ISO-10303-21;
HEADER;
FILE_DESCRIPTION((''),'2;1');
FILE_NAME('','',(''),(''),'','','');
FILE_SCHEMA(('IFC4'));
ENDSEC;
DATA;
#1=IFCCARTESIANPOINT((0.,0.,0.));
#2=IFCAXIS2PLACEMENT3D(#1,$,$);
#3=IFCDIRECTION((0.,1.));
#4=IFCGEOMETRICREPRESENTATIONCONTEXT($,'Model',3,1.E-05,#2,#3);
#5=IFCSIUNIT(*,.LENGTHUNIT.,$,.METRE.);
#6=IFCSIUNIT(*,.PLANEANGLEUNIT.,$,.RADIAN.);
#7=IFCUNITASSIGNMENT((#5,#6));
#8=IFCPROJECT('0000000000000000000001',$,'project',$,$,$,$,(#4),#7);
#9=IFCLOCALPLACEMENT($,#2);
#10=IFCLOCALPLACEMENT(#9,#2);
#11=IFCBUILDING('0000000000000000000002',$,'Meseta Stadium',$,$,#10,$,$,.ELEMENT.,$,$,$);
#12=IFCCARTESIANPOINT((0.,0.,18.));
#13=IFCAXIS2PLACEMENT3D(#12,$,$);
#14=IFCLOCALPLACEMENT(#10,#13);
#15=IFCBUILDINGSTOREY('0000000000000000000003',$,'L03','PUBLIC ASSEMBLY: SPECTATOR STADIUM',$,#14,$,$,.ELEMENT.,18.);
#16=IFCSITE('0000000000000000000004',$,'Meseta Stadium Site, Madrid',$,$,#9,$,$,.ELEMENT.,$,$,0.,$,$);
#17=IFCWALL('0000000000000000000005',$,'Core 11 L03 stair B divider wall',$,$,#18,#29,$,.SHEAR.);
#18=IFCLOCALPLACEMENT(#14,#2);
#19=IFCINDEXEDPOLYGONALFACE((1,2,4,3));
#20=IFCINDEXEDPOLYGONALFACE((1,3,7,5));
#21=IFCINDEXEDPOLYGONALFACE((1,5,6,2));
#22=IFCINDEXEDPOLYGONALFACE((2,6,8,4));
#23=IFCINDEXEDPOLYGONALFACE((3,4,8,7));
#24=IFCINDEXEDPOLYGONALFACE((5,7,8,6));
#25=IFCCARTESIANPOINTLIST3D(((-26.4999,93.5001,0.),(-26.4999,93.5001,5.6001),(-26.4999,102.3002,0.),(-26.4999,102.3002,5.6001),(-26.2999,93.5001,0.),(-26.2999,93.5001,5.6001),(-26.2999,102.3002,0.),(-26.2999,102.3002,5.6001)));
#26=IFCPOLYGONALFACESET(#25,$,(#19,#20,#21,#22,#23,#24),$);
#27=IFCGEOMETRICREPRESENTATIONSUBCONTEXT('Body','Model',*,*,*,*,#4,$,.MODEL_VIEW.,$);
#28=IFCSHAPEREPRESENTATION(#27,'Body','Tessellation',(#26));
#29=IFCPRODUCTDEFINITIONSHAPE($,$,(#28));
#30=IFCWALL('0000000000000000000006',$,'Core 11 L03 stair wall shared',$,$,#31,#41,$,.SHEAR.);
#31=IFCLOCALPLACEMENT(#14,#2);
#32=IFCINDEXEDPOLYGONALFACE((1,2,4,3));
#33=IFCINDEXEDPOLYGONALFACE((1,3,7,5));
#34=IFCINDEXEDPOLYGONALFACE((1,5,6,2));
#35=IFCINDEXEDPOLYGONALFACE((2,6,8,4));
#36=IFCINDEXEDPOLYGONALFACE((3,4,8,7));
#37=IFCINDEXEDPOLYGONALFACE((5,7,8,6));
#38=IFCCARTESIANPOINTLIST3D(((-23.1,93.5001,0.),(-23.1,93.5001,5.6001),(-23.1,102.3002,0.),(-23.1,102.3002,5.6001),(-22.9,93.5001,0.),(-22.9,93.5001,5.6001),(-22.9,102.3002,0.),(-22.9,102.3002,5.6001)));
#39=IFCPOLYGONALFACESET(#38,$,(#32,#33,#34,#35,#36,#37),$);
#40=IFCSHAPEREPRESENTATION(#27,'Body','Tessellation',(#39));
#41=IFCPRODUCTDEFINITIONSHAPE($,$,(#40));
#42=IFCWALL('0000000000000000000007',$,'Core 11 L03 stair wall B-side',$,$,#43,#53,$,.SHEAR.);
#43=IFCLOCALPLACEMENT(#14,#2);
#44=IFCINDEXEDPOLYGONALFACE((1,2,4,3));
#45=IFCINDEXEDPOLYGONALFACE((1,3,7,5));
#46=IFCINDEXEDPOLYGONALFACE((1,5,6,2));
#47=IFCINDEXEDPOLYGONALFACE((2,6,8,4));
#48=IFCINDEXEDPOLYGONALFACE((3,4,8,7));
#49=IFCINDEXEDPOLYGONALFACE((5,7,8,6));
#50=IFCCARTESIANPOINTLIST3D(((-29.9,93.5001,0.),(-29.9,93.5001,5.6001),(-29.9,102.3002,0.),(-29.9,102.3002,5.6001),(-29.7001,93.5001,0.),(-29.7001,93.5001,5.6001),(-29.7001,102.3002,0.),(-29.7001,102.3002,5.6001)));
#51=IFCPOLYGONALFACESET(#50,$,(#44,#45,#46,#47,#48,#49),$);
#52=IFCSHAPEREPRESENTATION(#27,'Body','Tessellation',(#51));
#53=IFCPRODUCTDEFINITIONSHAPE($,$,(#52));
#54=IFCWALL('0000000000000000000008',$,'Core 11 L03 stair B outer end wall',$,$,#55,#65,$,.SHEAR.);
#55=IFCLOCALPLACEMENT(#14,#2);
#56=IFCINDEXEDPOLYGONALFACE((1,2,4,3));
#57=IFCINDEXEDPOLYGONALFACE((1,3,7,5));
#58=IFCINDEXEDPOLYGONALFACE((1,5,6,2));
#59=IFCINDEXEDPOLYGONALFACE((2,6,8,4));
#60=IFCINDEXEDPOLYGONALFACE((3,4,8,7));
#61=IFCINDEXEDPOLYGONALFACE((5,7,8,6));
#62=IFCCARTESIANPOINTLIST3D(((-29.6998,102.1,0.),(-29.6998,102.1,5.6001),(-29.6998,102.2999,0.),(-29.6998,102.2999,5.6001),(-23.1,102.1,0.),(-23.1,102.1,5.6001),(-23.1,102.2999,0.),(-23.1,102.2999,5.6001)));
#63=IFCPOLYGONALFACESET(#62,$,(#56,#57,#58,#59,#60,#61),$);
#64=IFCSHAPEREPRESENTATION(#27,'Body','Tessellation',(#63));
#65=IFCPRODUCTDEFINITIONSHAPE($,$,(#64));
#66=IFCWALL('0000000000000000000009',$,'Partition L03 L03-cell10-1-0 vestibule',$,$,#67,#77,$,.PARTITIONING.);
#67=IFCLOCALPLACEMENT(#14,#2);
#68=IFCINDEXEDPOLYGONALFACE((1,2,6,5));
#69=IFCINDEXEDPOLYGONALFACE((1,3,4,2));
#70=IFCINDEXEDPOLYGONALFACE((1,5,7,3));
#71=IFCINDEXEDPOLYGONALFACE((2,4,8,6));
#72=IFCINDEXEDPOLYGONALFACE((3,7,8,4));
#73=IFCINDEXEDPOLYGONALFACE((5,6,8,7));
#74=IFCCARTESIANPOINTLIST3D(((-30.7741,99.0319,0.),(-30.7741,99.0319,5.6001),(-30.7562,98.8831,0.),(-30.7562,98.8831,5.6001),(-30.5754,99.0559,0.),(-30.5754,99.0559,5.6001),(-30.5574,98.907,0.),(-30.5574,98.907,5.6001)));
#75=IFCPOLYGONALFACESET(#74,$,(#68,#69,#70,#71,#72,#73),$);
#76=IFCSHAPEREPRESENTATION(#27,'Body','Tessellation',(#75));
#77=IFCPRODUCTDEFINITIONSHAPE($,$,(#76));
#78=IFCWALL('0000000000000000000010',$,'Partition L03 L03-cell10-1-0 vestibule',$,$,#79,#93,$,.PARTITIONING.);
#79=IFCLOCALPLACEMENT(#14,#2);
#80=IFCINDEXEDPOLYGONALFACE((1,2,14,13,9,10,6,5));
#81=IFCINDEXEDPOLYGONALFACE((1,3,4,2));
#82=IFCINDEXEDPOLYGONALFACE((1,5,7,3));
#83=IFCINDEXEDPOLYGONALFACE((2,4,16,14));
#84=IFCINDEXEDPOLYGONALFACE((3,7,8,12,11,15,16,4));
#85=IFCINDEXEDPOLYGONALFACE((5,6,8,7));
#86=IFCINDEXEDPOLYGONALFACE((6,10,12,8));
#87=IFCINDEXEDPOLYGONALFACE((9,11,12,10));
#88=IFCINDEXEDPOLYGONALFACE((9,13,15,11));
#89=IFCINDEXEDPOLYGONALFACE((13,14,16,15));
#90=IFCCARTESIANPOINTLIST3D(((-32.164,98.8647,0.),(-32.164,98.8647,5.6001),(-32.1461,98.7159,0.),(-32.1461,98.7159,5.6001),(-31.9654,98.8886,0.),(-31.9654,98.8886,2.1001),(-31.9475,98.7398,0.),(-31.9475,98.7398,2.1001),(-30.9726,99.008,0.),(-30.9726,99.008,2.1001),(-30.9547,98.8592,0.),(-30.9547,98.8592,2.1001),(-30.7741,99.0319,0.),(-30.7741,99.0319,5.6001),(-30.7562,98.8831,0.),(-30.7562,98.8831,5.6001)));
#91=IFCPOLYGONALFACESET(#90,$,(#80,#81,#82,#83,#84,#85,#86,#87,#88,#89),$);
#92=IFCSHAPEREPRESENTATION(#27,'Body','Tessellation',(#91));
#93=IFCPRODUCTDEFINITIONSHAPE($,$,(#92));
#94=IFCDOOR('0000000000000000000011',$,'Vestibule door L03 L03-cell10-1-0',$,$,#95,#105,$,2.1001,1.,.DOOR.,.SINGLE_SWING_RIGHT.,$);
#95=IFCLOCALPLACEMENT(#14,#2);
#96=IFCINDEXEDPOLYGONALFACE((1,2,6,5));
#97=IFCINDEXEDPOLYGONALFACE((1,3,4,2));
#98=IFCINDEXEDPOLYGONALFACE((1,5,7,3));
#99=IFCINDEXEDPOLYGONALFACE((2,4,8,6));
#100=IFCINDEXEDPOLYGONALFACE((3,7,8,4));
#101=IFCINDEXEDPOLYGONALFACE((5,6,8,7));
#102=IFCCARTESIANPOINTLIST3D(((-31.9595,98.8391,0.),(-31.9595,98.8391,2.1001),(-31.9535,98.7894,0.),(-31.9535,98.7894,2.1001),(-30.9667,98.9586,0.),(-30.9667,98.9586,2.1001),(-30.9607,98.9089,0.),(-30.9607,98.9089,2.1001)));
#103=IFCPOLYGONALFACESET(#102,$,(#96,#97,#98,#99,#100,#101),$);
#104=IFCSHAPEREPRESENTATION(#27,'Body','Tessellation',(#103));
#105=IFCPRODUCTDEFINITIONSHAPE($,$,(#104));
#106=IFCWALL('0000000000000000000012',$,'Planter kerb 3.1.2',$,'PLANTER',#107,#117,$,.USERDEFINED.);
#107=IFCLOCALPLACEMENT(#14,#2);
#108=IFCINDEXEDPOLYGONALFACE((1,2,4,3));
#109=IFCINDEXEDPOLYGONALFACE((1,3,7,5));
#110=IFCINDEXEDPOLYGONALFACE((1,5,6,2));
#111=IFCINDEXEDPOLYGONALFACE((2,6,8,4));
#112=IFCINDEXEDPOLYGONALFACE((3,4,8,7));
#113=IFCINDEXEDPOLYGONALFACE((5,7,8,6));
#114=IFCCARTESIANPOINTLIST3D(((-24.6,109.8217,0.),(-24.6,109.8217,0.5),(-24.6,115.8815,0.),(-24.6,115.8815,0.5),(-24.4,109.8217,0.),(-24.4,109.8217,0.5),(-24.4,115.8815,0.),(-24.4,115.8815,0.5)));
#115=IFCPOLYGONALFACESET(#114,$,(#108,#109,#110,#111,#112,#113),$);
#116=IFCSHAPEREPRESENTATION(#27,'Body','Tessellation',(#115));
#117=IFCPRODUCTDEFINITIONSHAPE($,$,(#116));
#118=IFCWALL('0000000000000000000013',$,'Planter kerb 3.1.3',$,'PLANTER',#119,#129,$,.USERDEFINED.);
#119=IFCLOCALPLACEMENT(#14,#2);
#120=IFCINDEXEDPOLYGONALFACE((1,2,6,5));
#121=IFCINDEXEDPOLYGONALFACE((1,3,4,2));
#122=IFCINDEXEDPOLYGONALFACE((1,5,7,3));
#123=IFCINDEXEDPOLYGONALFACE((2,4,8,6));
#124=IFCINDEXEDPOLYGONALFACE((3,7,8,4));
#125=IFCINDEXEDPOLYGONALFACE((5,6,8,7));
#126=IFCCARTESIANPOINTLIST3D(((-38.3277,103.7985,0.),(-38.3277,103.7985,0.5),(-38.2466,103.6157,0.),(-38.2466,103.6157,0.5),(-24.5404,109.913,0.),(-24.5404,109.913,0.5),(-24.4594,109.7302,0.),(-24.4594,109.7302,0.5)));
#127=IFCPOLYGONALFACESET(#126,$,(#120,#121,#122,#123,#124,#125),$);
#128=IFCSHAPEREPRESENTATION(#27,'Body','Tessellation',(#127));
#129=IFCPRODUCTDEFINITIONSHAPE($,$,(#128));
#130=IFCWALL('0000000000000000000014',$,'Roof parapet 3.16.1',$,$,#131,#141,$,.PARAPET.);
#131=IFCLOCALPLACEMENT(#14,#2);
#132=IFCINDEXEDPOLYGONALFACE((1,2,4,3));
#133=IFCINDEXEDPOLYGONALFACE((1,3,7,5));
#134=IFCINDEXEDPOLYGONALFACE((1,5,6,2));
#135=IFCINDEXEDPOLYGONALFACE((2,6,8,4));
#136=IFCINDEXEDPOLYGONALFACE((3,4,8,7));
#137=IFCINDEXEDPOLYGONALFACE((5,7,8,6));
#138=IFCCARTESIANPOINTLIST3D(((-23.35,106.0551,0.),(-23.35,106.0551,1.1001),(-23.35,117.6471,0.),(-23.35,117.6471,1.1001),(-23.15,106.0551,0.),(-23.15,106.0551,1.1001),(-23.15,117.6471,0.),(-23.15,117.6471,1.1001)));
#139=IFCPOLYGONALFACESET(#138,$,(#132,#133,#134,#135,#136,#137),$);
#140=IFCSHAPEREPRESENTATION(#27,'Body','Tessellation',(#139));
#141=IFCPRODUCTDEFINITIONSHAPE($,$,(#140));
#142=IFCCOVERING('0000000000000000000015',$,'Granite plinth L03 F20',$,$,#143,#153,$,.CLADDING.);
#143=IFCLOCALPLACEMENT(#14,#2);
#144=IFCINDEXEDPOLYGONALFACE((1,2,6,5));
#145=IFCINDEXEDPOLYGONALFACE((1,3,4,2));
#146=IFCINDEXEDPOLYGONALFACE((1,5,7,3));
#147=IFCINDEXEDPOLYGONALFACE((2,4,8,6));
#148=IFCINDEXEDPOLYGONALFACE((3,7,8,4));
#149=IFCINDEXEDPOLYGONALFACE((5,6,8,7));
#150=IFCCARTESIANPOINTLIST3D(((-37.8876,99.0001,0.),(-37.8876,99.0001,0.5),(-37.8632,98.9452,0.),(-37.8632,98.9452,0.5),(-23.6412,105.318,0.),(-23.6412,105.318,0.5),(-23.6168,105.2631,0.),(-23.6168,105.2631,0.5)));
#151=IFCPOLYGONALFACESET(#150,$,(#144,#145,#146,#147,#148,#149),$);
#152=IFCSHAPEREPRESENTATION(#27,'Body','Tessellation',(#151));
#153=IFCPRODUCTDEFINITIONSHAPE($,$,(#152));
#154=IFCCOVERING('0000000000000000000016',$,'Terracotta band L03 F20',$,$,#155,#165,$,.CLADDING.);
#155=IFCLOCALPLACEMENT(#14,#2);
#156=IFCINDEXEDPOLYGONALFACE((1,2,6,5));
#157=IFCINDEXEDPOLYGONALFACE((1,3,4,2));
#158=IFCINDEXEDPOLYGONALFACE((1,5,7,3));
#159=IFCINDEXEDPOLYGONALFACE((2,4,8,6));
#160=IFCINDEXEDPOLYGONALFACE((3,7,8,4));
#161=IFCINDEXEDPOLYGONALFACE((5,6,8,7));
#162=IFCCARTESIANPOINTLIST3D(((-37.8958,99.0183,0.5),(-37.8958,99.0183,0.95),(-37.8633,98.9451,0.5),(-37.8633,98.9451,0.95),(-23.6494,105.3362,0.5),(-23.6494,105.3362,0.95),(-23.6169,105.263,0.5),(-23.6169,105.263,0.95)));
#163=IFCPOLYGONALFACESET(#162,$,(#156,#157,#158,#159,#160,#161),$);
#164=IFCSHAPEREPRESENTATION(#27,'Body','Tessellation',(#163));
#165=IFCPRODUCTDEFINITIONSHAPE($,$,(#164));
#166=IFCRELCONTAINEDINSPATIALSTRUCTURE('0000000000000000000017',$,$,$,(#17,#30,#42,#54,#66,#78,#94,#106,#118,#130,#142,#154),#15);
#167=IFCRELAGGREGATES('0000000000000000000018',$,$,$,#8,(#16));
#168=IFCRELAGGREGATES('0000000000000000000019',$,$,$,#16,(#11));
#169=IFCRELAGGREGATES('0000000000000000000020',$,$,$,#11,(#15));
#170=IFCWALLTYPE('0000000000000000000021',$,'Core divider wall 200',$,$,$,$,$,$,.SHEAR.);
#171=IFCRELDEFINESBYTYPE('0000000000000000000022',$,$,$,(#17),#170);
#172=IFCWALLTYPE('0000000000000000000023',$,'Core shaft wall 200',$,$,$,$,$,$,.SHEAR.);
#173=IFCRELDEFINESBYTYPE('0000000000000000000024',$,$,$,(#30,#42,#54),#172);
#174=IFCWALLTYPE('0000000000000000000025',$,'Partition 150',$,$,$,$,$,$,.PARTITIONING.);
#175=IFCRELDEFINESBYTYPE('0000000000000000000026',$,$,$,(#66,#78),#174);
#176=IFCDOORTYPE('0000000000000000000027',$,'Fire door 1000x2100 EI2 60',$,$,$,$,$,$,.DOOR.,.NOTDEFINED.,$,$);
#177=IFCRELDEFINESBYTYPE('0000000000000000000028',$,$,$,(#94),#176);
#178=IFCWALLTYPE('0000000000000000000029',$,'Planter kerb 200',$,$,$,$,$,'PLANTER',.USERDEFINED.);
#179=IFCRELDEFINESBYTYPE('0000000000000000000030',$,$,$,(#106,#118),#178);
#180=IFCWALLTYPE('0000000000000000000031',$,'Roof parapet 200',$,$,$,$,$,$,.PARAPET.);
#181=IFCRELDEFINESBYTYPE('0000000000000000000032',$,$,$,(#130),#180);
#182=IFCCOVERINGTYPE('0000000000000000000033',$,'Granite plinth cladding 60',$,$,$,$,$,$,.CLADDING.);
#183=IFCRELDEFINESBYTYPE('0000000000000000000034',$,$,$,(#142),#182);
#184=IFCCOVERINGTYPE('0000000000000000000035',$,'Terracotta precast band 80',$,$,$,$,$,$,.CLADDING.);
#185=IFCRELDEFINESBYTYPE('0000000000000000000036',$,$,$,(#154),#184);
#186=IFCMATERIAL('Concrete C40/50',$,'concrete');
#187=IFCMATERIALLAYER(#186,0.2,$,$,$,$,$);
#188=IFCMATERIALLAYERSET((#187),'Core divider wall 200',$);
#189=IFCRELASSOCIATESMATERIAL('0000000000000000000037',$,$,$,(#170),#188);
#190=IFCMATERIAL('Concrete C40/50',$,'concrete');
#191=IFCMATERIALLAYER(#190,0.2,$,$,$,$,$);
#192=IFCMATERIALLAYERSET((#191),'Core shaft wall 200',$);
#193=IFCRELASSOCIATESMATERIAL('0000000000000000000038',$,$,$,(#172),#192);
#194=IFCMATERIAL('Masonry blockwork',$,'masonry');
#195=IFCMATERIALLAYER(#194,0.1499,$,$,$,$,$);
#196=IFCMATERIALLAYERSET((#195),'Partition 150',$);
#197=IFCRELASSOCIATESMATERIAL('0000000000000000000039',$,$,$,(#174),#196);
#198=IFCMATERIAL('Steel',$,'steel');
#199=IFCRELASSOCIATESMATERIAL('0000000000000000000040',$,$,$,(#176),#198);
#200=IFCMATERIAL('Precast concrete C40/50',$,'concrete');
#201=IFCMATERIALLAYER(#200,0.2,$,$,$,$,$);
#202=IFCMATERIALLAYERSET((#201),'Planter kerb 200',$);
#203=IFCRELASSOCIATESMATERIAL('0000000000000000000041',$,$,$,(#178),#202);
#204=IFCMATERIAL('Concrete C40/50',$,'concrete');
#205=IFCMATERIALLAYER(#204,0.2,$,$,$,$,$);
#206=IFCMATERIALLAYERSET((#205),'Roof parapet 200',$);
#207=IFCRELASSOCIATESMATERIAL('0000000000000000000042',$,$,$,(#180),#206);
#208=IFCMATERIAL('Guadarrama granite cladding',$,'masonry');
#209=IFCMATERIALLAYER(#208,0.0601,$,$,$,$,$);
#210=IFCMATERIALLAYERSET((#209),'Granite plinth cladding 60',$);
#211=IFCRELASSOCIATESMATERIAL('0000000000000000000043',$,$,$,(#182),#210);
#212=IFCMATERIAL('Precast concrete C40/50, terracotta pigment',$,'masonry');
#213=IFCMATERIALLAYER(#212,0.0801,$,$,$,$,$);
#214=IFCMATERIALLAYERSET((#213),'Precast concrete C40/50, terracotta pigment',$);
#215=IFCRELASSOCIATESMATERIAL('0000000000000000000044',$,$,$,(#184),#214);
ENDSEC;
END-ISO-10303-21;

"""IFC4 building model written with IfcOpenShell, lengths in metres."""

from ifc_helpers import new_model, si_unit, direction, frame, frame_2d, origin, origin_2d, place, context, subcontext, project, spatial, rectangle, extrude, material, layer, layer_set, type_object, element, fill, save


model = new_model("IFC4")

# Units and contexts
model_context = context("Model", 3, precision=1e-05, world=origin(), true_north=direction((0.0, 1.0)))
body_context = subcontext(model_context, "Body", "Model", "MODEL_VIEW")
ifc_project = project(units=[si_unit("LENGTHUNIT", "METRE"), si_unit("PLANEANGLEUNIT", "RADIAN")], contexts=[model_context])

# Site, building, storey
site_placement = place(None, origin())
site = spatial("IfcSite", under=ifc_project, at=site_placement, Name="Meseta Stadium Site, Madrid", CompositionType="ELEMENT", RefElevation=0.0)
building_placement = place(site_placement, origin())
building = spatial("IfcBuilding", under=site, at=building_placement, Name="Meseta Stadium", CompositionType="ELEMENT")
storey_placement = place(building_placement, frame((0.0, 0.0, 18.0)))
storey = spatial("IfcBuildingStorey", under=building, at=storey_placement, Name="L03", Description="PUBLIC ASSEMBLY: SPECTATOR STADIUM", CompositionType="ELEMENT", Elevation=18.0)

# Walls
ifc_material_1 = material(Name="Concrete C40/50", Category="concrete")
ifc_layer_1 = layer(ifc_material_1, 0.2)
ifc_layer_set_1 = layer_set([ifc_layer_1], Name="Core divider wall 200")
wall_type_1 = type_object("IfcWallType", Name="Core divider wall 200", PredefinedType="SHEAR", material=ifc_layer_set_1)
wall_1_placement = place(storey_placement, frame((-26.3999, 102.3, 0.0), z_axis=(0.0, 0.0, 1.0), x_axis=(0.0, -1.0, 0.0)))
element("IfcWall", 1, at=wall_1_placement, inside=storey, type_object=wall_type_1, Name="Core 11 L03 stair B divider wall", PredefinedType="SHEAR", context=body_context, shape_type="SweptSolid", body=[
    extrude(rectangle(XDim=8.8, YDim=0.2, at=frame_2d((4.3999, 0.0))), origin(), (0.0, 0.0, 1.0), 5.6001),
])
ifc_material_2 = material(Name="Concrete C40/50", Category="concrete")
ifc_layer_2 = layer(ifc_material_2, 0.2)
ifc_layer_set_2 = layer_set([ifc_layer_2], Name="Core shaft wall 200")
wall_type_2 = type_object("IfcWallType", Name="Core shaft wall 200", PredefinedType="SHEAR", material=ifc_layer_set_2)
for number, where, z_axis, x_axis, name in (
    (2, (-23.0, 102.3, 0.0), (0.0, 0.0, 1.0), (0.0, -1.0, 0.0), "Core 11 L03 stair wall shared"),
    (3, (-29.8, 102.3, 0.0), (0.0, 0.0, 1.0), (0.0, -1.0, 0.0), "Core 11 L03 stair wall B-side"),
):
    element("IfcWall", number, at=place(storey_placement, frame(where, z_axis=z_axis, x_axis=x_axis)), inside=storey, type_object=wall_type_2, Name=name, PredefinedType="SHEAR", context=body_context, shape_type="SweptSolid", body=[
        extrude(rectangle(XDim=8.8, YDim=0.2, at=frame_2d((4.3999, 0.0))), origin(), (0.0, 0.0, 1.0), 5.6001),
    ])
wall_2_placement = place(storey_placement, frame((-23.1001, 102.2, 0.0), z_axis=(0.0, 0.0, 1.0), x_axis=(-1.0, 0.0, 0.0)))
element("IfcWall", 4, at=wall_2_placement, inside=storey, type_object=wall_type_2, Name="Core 11 L03 stair B outer end wall", PredefinedType="SHEAR", context=body_context, shape_type="SweptSolid", body=[
    extrude(rectangle(XDim=6.5999, YDim=0.2, at=frame_2d((3.2998, 0.0))), origin(), (0.0, 0.0, 1.0), 5.6001),
])
ifc_material_3 = material(Name="Masonry blockwork", Category="masonry")
ifc_layer_3 = layer(ifc_material_3, 0.1499)
ifc_layer_set_3 = layer_set([ifc_layer_3], Name="Partition 150")
wall_type_3 = type_object("IfcWallType", Name="Partition 150", PredefinedType="PARTITIONING", material=ifc_layer_set_3)
wall_3_placement = place(storey_placement, frame((-30.5664, 98.9814, 0.0), z_axis=(0.0, 0.0, 1.0), x_axis=(-0.992831, -0.11953, 0.0)))
element("IfcWall", 5, at=wall_3_placement, inside=storey, type_object=wall_type_3, Name="Partition L03 L03-cell10-1-0 vestibule", PredefinedType="PARTITIONING", context=body_context, shape_type="SweptSolid", body=[
    extrude(rectangle(XDim=0.2002, YDim=0.1499, at=frame_2d((0.1001, 0.0))), origin(), (0.0, 0.0, 1.0), 5.6001),
])

# Wall, opening, door
wall_4_placement = place(storey_placement, frame((-30.7651, 98.9575, 0.0), z_axis=(0.0, 0.0, 1.0), x_axis=(-0.992839, -0.119462, 0.0)))
wall_4 = element("IfcWall", 6, at=wall_4_placement, inside=storey, type_object=wall_type_3, Name="Partition L03 L03-cell10-1-0 vestibule", PredefinedType="PARTITIONING", context=body_context, shape_type="SweptSolid", body=[
    extrude(rectangle(XDim=1.3999, YDim=0.1499, at=frame_2d((0.7, 0.0))), origin(), (0.0, 0.0, 1.0), 5.6001),
])
opening_placement = place(wall_4_placement, frame((0.2, 0.0, 0.0)))
opening = element("IfcOpeningElement", 7, at=opening_placement, cuts=wall_4, PredefinedType="OPENING", context=body_context, shape_type="SweptSolid", body=[
    extrude(rectangle(XDim=1.0, YDim=2.1001, at=frame_2d((0.5, 1.05))), frame((0.0, 0.085, 0.0), z_axis=(0.0, -1.0, 0.0), x_axis=(1.0, 0.0, 0.0)), (0.0, 0.0, 1.0), 0.1699),
])
ifc_material_4 = material(Name="Steel", Category="steel")
door_type = type_object("IfcDoorType", Name="Fire door 1000x2100 EI2 60", OperationType="NOTDEFINED", PredefinedType="DOOR", material=ifc_material_4)
door_placement = place(opening_placement, origin())
door = element("IfcDoor", 8, at=door_placement, inside=storey, type_object=door_type, Name="Vestibule door L03 L03-cell10-1-0", OperationType="SINGLE_SWING_RIGHT", OverallHeight=2.1001, OverallWidth=1.0, PredefinedType="DOOR", context=body_context, shape_type="SweptSolid", body=[
    extrude(rectangle(XDim=1.0, YDim=2.1001, at=frame_2d((0.5, 1.05))), frame((0.0, 0.0249, 0.0), z_axis=(0.0, -1.0, 0.0), x_axis=(1.0, 0.0, 0.0)), (0.0, 0.0, 1.0), 0.05),
])
fill(opening, door)

# Walls
ifc_material_5 = material(Name="Precast concrete C40/50", Category="concrete")
ifc_layer_4 = layer(ifc_material_5, 0.2)
ifc_layer_set_4 = layer_set([ifc_layer_4], Name="Planter kerb 200")
wall_type_4 = type_object("IfcWallType", Name="Planter kerb 200", ElementType="PLANTER", PredefinedType="USERDEFINED", material=ifc_layer_set_4)
wall_5_placement = place(storey_placement, frame((-24.5, 115.8813, 0.0), z_axis=(0.0, 0.0, 1.0), x_axis=(0.0, -1.0, 0.0)))
element("IfcWall", 9, at=wall_5_placement, inside=storey, type_object=wall_type_4, Name="Planter kerb 3.1.2", ObjectType="PLANTER", PredefinedType="USERDEFINED", context=body_context, shape_type="SweptSolid", body=[
    extrude(rectangle(XDim=6.0598, YDim=0.2, at=frame_2d((3.0298, 0.0))), origin(), (0.0, 0.0, 1.0), 0.5),
])
wall_6_placement = place(storey_placement, frame((-24.5, 109.8215, 0.0), z_axis=(0.0, 0.0, 1.0), x_axis=(-0.914136, -0.405407, 0.0)))
element("IfcWall", 10, at=wall_6_placement, inside=storey, type_object=wall_type_4, Name="Planter kerb 3.1.3", ObjectType="PLANTER", PredefinedType="USERDEFINED", context=body_context, shape_type="SweptSolid", body=[
    extrude(rectangle(XDim=15.0823, YDim=0.2, at=frame_2d((7.541, 0.0))), origin(), (0.0, 0.0, 1.0), 0.5),
])
ifc_material_6 = material(Name="Concrete C40/50", Category="concrete")
ifc_layer_5 = layer(ifc_material_6, 0.2)
ifc_layer_set_5 = layer_set([ifc_layer_5], Name="Roof parapet 200")
wall_type_5 = type_object("IfcWallType", Name="Roof parapet 200", PredefinedType="PARAPET", material=ifc_layer_set_5)
wall_7_placement = place(storey_placement, frame((-23.25, 117.647, 0.0), z_axis=(0.0, 0.0, 1.0), x_axis=(0.0, -1.0, 0.0)))
element("IfcWall", 11, at=wall_7_placement, inside=storey, type_object=wall_type_5, Name="Roof parapet 3.16.1", PredefinedType="PARAPET", context=body_context, shape_type="SweptSolid", body=[
    extrude(rectangle(XDim=11.592, YDim=0.2, at=frame_2d((5.7959, 0.0))), origin(), (0.0, 0.0, 1.0), 1.1001),
])

# Coverings
ifc_material_7 = material(Name="Guadarrama granite cladding", Category="masonry")
ifc_layer_6 = layer(ifc_material_7, 0.0601)
ifc_layer_set_6 = layer_set([ifc_layer_6], Name="Granite plinth cladding 60")
covering_type_1 = type_object("IfcCoveringType", Name="Granite plinth cladding 60", PredefinedType="CLADDING", material=ifc_layer_set_6)
covering_1_placement = place(storey_placement, frame((-30.7522, 102.1316, 0.0), z_axis=(0.0, 0.0, 1.0), x_axis=(0.914139, 0.4054, 0.0)))
element("IfcCovering", 12, at=covering_1_placement, inside=storey, type_object=covering_type_1, Name="Granite plinth L03 F20", PredefinedType="CLADDING", context=body_context, shape_type="SweptSolid", body=[
    extrude(rectangle(XDim=15.5845, YDim=0.0601, at=origin_2d()), origin(), (0.0, 0.0, 1.0), 0.5),
])
ifc_material_8 = material(Name="Precast concrete C40/50, terracotta pigment", Category="masonry")
ifc_layer_7 = layer(ifc_material_8, 0.0801)
ifc_layer_set_7 = layer_set([ifc_layer_7], Name="Precast concrete C40/50, terracotta pigment")
covering_type_2 = type_object("IfcCoveringType", Name="Terracotta precast band 80", PredefinedType="CLADDING", material=ifc_layer_set_7)
covering_2_placement = place(storey_placement, frame((-30.7563, 102.1406, 0.5), z_axis=(0.0, 0.0, 1.0), x_axis=(0.914139, 0.4054, 0.0)))
element("IfcCovering", 13, at=covering_2_placement, inside=storey, type_object=covering_type_2, Name="Terracotta band L03 F20", PredefinedType="CLADDING", context=body_context, shape_type="SweptSolid", body=[
    extrude(rectangle(XDim=15.5845, YDim=0.0801, at=origin_2d()), origin(), (0.0, 0.0, 1.0), 0.45),
])

save(model, "model.ifc")
